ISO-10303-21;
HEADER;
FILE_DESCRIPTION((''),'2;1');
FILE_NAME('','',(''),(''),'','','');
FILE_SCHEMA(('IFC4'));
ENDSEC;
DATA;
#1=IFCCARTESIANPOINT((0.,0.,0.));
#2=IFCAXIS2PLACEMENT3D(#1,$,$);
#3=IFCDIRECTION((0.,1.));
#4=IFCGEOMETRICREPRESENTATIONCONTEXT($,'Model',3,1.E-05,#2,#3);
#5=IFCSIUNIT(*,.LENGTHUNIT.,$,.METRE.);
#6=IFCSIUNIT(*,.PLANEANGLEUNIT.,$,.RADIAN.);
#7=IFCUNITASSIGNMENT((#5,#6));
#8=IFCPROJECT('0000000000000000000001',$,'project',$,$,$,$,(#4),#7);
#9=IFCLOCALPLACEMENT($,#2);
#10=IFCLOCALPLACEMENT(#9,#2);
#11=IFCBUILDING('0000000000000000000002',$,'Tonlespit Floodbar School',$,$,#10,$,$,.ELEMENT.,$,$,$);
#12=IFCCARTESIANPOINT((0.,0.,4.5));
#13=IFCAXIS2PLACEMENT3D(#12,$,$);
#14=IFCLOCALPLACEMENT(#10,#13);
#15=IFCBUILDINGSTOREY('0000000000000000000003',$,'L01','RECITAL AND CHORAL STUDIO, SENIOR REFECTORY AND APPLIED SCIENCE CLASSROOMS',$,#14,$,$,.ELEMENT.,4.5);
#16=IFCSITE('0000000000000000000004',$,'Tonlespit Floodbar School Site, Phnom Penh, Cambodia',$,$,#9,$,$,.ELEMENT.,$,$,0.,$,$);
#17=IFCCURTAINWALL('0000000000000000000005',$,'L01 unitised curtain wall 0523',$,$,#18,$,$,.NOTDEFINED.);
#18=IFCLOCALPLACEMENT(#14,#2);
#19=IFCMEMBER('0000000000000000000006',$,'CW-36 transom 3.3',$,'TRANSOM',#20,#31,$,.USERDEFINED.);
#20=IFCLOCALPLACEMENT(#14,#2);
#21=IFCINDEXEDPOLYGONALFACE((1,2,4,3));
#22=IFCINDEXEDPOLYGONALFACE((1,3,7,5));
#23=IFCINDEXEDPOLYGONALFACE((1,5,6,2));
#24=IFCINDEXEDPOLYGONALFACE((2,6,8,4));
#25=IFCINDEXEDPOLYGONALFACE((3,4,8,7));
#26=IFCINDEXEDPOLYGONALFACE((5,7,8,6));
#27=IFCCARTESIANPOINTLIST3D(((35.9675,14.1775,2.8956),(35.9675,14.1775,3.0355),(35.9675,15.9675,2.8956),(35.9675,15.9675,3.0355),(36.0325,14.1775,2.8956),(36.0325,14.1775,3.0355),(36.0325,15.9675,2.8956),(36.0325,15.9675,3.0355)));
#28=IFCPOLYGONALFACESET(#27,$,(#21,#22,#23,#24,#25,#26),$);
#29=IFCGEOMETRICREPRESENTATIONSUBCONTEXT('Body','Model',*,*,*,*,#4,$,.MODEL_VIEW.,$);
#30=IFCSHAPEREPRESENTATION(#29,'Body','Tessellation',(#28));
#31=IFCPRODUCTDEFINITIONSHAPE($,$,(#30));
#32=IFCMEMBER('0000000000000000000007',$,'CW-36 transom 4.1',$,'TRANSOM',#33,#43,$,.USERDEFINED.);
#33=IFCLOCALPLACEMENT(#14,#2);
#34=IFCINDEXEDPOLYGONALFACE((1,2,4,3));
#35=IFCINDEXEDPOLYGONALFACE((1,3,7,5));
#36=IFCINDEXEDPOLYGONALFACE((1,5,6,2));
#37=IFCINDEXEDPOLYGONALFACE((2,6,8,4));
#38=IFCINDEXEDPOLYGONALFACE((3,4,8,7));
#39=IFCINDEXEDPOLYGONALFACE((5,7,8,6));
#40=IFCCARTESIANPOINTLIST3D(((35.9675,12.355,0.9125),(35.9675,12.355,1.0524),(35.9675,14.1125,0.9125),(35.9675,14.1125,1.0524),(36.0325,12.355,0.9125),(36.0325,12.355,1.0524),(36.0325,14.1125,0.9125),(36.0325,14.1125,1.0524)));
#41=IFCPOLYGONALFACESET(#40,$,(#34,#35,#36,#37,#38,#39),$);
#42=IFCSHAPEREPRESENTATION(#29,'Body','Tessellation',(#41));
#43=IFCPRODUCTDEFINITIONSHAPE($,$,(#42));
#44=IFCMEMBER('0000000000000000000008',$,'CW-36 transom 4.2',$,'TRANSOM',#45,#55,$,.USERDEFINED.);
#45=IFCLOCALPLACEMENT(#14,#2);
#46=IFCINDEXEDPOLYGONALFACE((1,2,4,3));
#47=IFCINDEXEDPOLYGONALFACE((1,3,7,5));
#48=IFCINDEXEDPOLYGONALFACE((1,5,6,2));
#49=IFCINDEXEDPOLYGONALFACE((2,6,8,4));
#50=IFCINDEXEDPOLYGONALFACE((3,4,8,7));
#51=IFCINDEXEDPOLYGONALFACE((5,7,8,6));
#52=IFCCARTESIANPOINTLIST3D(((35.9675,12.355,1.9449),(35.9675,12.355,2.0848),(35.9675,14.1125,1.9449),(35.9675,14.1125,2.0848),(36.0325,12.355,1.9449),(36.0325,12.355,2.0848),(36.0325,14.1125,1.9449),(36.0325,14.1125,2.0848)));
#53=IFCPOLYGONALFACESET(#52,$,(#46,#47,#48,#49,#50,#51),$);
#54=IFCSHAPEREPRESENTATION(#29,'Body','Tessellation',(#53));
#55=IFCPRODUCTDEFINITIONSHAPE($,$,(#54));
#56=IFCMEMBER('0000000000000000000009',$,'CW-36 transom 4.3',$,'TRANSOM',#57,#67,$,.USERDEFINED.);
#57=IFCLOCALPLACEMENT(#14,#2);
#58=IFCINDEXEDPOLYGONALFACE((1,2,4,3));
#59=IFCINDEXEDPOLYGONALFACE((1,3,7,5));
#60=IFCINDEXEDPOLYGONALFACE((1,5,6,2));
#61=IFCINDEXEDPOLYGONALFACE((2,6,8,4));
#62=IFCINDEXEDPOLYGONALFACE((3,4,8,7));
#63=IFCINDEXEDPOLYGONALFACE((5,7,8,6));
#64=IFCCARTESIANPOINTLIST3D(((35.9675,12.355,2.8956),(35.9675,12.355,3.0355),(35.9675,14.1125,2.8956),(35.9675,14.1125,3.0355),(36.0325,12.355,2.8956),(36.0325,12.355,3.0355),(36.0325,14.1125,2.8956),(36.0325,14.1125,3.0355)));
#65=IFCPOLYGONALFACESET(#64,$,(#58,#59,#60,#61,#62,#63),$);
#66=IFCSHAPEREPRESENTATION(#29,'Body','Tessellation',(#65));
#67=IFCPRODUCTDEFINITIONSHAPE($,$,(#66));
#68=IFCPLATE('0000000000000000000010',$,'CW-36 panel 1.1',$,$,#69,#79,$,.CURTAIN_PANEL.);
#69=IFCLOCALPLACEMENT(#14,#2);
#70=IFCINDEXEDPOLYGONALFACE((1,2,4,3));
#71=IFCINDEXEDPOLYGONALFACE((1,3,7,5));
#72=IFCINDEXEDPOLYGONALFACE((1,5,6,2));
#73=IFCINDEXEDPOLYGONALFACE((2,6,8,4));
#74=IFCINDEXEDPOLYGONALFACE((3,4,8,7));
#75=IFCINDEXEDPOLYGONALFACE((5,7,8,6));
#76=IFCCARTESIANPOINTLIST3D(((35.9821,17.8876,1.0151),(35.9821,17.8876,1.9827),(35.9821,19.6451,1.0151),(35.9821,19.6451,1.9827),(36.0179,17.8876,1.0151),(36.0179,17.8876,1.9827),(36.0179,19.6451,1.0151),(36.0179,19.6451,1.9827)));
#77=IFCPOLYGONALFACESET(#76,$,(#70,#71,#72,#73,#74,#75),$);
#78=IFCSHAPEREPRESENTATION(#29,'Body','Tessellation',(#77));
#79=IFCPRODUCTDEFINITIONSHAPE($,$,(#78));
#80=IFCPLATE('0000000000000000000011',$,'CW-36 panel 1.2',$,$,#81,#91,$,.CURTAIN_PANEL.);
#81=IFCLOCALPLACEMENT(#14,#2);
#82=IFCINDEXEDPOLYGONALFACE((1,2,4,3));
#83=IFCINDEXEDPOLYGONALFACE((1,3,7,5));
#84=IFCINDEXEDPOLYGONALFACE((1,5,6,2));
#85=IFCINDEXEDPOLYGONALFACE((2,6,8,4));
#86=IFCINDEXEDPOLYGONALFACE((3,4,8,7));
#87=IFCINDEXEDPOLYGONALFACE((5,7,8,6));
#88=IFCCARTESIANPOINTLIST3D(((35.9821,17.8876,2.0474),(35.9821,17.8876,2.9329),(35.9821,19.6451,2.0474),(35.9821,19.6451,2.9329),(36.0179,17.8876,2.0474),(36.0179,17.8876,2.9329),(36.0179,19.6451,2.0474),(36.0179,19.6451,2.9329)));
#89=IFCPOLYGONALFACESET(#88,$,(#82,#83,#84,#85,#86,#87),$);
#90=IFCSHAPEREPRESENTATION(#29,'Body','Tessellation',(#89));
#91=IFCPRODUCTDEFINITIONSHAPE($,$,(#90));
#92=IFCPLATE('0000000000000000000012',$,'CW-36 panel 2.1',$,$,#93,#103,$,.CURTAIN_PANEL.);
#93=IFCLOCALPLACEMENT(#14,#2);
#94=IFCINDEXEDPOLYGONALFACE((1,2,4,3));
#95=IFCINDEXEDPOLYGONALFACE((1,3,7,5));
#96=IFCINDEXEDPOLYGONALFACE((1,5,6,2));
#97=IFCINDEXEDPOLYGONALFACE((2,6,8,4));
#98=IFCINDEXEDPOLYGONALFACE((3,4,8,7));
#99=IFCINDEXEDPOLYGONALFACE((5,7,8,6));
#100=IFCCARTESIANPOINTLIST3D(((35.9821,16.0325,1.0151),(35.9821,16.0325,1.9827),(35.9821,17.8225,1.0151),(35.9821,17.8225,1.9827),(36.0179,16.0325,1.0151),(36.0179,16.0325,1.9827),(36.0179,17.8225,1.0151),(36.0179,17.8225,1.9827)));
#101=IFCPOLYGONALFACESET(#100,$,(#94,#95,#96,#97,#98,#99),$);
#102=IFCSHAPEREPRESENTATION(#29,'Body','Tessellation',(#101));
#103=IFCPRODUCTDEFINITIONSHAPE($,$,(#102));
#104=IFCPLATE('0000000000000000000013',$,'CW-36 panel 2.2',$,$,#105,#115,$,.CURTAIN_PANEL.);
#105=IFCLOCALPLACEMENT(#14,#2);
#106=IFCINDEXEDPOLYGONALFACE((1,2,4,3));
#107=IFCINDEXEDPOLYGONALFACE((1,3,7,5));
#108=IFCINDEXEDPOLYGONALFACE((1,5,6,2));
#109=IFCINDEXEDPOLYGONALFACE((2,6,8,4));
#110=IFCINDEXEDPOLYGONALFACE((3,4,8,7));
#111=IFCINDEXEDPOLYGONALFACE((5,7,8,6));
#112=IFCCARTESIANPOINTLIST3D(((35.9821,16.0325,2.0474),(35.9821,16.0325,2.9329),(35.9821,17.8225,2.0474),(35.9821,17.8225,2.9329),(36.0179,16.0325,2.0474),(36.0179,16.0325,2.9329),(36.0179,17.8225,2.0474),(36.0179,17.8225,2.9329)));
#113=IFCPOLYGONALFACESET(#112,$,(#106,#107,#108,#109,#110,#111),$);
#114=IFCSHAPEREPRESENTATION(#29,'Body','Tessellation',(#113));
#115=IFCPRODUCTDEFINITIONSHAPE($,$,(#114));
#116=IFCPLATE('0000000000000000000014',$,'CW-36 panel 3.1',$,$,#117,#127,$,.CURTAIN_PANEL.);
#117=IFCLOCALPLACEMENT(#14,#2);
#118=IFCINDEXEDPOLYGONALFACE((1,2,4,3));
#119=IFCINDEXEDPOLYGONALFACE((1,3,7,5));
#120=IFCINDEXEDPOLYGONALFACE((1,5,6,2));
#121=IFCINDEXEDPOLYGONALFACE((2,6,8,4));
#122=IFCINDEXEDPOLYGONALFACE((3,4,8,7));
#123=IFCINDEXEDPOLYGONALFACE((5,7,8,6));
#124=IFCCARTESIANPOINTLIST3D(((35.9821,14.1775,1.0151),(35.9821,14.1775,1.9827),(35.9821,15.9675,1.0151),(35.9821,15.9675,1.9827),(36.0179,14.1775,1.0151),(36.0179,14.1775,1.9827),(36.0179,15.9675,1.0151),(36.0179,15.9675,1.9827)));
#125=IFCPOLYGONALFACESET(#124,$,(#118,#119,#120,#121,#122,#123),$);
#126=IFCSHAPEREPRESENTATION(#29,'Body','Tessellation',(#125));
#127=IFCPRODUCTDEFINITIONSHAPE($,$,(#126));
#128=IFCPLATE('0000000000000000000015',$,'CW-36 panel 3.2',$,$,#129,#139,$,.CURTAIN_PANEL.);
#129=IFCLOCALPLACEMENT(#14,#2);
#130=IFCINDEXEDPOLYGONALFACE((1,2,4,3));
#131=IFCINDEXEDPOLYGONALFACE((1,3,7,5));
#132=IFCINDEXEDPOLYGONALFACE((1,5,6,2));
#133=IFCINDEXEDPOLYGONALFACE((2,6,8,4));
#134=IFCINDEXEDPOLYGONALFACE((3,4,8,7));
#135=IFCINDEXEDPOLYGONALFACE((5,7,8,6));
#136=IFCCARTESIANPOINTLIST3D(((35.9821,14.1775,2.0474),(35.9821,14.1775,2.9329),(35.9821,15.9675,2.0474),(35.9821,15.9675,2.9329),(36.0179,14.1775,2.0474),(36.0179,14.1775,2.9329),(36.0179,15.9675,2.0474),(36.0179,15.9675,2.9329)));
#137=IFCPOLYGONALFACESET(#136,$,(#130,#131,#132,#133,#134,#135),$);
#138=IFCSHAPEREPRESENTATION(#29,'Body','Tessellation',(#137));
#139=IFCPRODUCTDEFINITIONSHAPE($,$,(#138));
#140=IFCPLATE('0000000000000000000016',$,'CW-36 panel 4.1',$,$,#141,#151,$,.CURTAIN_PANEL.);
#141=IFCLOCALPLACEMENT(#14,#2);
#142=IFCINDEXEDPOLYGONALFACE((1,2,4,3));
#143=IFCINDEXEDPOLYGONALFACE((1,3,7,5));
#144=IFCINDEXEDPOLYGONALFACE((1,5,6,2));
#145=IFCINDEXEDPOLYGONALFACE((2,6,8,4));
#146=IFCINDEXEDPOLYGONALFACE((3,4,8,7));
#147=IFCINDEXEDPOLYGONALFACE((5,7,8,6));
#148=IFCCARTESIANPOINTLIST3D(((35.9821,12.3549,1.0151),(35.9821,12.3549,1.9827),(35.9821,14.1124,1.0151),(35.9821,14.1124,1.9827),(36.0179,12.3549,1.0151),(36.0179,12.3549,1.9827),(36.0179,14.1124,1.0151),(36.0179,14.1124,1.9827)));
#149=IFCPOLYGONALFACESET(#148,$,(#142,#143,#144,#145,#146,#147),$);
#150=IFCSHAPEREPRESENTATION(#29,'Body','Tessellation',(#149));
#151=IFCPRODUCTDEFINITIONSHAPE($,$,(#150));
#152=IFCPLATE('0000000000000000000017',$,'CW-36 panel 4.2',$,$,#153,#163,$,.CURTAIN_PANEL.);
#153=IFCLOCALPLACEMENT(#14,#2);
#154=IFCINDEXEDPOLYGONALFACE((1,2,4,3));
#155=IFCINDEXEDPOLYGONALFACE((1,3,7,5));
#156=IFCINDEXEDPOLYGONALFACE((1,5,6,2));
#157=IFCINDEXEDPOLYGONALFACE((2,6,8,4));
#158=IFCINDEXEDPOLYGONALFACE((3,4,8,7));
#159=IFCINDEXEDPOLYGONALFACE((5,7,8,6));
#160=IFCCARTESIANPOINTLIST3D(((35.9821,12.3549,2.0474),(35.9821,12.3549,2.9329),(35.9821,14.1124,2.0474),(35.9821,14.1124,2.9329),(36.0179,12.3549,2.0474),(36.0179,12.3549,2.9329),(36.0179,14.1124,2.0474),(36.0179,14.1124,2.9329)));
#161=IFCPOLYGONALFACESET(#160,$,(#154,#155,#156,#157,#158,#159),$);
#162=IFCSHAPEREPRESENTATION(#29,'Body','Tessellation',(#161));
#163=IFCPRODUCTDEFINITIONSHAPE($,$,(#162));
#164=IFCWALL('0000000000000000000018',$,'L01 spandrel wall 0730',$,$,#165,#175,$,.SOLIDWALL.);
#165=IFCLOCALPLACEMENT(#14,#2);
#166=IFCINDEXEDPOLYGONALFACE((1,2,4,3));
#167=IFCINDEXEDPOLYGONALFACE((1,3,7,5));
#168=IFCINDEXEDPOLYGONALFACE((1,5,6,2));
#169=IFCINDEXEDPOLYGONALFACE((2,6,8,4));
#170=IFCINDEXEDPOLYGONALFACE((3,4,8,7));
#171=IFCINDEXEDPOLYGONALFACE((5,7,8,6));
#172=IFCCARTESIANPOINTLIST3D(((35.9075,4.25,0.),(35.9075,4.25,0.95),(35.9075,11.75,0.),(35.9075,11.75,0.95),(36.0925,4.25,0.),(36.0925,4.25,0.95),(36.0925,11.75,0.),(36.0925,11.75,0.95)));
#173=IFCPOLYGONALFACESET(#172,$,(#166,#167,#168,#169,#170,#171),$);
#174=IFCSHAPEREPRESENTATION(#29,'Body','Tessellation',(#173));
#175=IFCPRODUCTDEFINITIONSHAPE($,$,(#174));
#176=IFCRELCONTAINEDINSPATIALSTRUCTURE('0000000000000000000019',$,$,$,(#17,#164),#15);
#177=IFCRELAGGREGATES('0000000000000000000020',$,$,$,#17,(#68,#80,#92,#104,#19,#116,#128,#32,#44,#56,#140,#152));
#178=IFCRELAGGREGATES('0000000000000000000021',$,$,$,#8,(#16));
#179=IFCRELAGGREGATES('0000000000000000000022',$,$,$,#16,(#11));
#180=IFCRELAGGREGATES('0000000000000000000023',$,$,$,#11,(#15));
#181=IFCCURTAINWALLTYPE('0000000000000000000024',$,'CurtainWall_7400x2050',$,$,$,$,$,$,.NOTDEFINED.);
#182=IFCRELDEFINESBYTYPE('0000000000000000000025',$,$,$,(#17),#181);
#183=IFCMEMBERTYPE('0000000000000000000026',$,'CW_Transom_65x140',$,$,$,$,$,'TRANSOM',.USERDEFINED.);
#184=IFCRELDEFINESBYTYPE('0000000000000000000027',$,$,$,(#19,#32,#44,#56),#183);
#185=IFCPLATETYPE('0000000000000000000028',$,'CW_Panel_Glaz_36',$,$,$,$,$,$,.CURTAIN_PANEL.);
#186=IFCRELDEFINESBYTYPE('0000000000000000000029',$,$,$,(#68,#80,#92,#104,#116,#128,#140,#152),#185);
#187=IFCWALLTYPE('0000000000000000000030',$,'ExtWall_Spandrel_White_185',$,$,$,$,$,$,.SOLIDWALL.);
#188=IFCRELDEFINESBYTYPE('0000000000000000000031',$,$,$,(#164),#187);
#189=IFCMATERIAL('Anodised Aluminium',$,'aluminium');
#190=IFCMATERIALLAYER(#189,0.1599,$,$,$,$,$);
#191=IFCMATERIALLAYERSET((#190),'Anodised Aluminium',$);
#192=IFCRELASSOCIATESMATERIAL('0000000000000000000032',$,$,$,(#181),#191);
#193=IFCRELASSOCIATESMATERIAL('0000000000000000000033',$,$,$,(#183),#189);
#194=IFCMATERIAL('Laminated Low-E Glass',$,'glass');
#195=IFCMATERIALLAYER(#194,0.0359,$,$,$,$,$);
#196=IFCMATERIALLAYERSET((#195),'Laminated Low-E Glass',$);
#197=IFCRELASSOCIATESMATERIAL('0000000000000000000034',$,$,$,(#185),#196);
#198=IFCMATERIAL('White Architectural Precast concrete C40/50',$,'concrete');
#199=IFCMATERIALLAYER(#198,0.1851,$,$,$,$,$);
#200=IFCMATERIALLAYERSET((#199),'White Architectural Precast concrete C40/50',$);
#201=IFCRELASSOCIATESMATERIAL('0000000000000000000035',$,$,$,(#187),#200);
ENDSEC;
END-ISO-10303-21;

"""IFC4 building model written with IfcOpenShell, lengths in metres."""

from ifc_helpers import new_model, si_unit, direction, frame, frame_2d, origin, origin_2d, place, context, subcontext, project, spatial, rectangle, extrude, material, layer, layer_set, material_profile, profile_set, type_object, element, aggregate, save


model = new_model("IFC4")

# Units and contexts
model_context = context("Model", 3, precision=1e-05, world=origin(), true_north=direction((0.0, 1.0)))
body_context = subcontext(model_context, "Body", "Model", "MODEL_VIEW")
ifc_project = project(units=[si_unit("LENGTHUNIT", "METRE"), si_unit("PLANEANGLEUNIT", "RADIAN")], contexts=[model_context])

# Site, building, storey
site_placement = place(None, origin())
site = spatial("IfcSite", under=ifc_project, at=site_placement, Name="Tonlespit Floodbar School Site, Phnom Penh, Cambodia", CompositionType="ELEMENT", RefElevation=0.0)
building_placement = place(site_placement, origin())
building = spatial("IfcBuilding", under=site, at=building_placement, Name="Tonlespit Floodbar School", CompositionType="ELEMENT")
storey_placement = place(building_placement, frame((0.0, 0.0, 4.5)))
storey = spatial("IfcBuildingStorey", under=building, at=storey_placement, Name="L01", Description="RECITAL AND CHORAL STUDIO, SENIOR REFECTORY AND APPLIED SCIENCE CLASSROOMS", CompositionType="ELEMENT", Elevation=4.5)

# Shared definitions
ifc_material_1 = material(Name="Anodised Aluminium", Category="aluminium")
ifc_layer_1 = layer(ifc_material_1, 0.1599)
ifc_layer_set_1 = layer_set([ifc_layer_1], Name="Anodised Aluminium")
curtain_wall_type = type_object("IfcCurtainWallType", Name="CurtainWall_7400x2050", PredefinedType="NOTDEFINED", material=ifc_layer_set_1)

# Curtain wall
curtain_wall_1_placement = place(storey_placement, origin())
curtain_wall_1 = element("IfcCurtainWall", 1, at=curtain_wall_1_placement, inside=storey, type_object=curtain_wall_type, Name="L01 unitised curtain wall 0523", PredefinedType="NOTDEFINED")

# Members
ifc_material_profile_1 = material_profile(ifc_material_1, rectangle(XDim=0.0649, YDim=0.1399, at=origin_2d()), Name="ALU T65x140")
ifc_profile_set_1 = profile_set([ifc_material_profile_1], Name="Anodised Aluminium")
member_type_1 = type_object("IfcMemberType", Name="CW_Transom_65x140", ElementType="TRANSOM", PredefinedType="USERDEFINED", material=ifc_profile_set_1)
member_1_placement = place(storey_placement, frame((36.0, 15.9675, 2.9656), z_axis=(0.0, -1.0, 0.0), x_axis=(1.0, 0.0, 0.0)))
member_1 = element("IfcMember", 2, at=member_1_placement, type_object=member_type_1, Name="CW-36 transom 3.3", ObjectType="TRANSOM", PredefinedType="USERDEFINED", context=body_context, shape_type="SweptSolid", body=[
    extrude(rectangle(XDim=0.0649, YDim=0.1399, at=origin_2d()), origin(), (0.0, 0.0, 1.0), 1.79),
])
member_2_placement = place(storey_placement, frame((36.0, 14.1125, 0.9824), z_axis=(0.0, -1.0, 0.0), x_axis=(1.0, 0.0, 0.0)))
member_2 = element("IfcMember", 3, at=member_2_placement, type_object=member_type_1, Name="CW-36 transom 4.1", ObjectType="TRANSOM", PredefinedType="USERDEFINED", context=body_context, shape_type="SweptSolid", body=[
    extrude(rectangle(XDim=0.0649, YDim=0.1399, at=origin_2d()), origin(), (0.0, 0.0, 1.0), 1.7576),
])
member_3_placement = place(storey_placement, frame((36.0, 14.1125, 2.0149), z_axis=(0.0, -1.0, 0.0), x_axis=(1.0, 0.0, 0.0)))
member_3 = element("IfcMember", 4, at=member_3_placement, type_object=member_type_1, Name="CW-36 transom 4.2", ObjectType="TRANSOM", PredefinedType="USERDEFINED", context=body_context, shape_type="SweptSolid", body=[
    extrude(rectangle(XDim=0.0649, YDim=0.1399, at=origin_2d()), origin(), (0.0, 0.0, 1.0), 1.7576),
])
member_4_placement = place(storey_placement, frame((36.0, 14.1125, 2.9656), z_axis=(0.0, -1.0, 0.0), x_axis=(1.0, 0.0, 0.0)))
member_4 = element("IfcMember", 5, at=member_4_placement, type_object=member_type_1, Name="CW-36 transom 4.3", ObjectType="TRANSOM", PredefinedType="USERDEFINED", context=body_context, shape_type="SweptSolid", body=[
    extrude(rectangle(XDim=0.0649, YDim=0.1399, at=origin_2d()), origin(), (0.0, 0.0, 1.0), 1.7576),
])

# Plates
ifc_material_2 = material(Name="Laminated Low-E Glass", Category="glass")
ifc_layer_2 = layer(ifc_material_2, 0.0359)
ifc_layer_set_2 = layer_set([ifc_layer_2], Name="Laminated Low-E Glass")
plate_type = type_object("IfcPlateType", Name="CW_Panel_Glaz_36", PredefinedType="CURTAIN_PANEL", material=ifc_layer_set_2)
plate_1_placement = place(storey_placement, frame((36.0, 18.7664, 1.0151), z_axis=(0.0, 0.0, 1.0), x_axis=(0.0, -1.0, 0.0)))
plate_1 = element("IfcPlate", 6, at=plate_1_placement, type_object=plate_type, Name="CW-36 panel 1.1", PredefinedType="CURTAIN_PANEL", context=body_context, shape_type="SweptSolid", body=[
    extrude(rectangle(XDim=1.7576, YDim=0.0359, at=origin_2d()), origin(), (0.0, 0.0, 1.0), 0.9675),
])
plate_2_placement = place(storey_placement, frame((36.0, 18.7664, 2.0474), z_axis=(0.0, 0.0, 1.0), x_axis=(0.0, -1.0, 0.0)))
plate_2 = element("IfcPlate", 7, at=plate_2_placement, type_object=plate_type, Name="CW-36 panel 1.2", PredefinedType="CURTAIN_PANEL", context=body_context, shape_type="SweptSolid", body=[
    extrude(rectangle(XDim=1.7576, YDim=0.0359, at=origin_2d()), origin(), (0.0, 0.0, 1.0), 0.8855),
])
plate_3_placement = place(storey_placement, frame((36.0, 16.9275, 1.0151), z_axis=(0.0, 0.0, 1.0), x_axis=(0.0, -1.0, 0.0)))
plate_3 = element("IfcPlate", 8, at=plate_3_placement, type_object=plate_type, Name="CW-36 panel 2.1", PredefinedType="CURTAIN_PANEL", context=body_context, shape_type="SweptSolid", body=[
    extrude(rectangle(XDim=1.79, YDim=0.0359, at=origin_2d()), origin(), (0.0, 0.0, 1.0), 0.9675),
])
plate_4_placement = place(storey_placement, frame((36.0, 16.9275, 2.0474), z_axis=(0.0, 0.0, 1.0), x_axis=(0.0, -1.0, 0.0)))
plate_4 = element("IfcPlate", 9, at=plate_4_placement, type_object=plate_type, Name="CW-36 panel 2.2", PredefinedType="CURTAIN_PANEL", context=body_context, shape_type="SweptSolid", body=[
    extrude(rectangle(XDim=1.79, YDim=0.0359, at=origin_2d()), origin(), (0.0, 0.0, 1.0), 0.8855),
])
plate_5_placement = place(storey_placement, frame((36.0, 15.0725, 1.0151), z_axis=(0.0, 0.0, 1.0), x_axis=(0.0, -1.0, 0.0)))
plate_5 = element("IfcPlate", 10, at=plate_5_placement, type_object=plate_type, Name="CW-36 panel 3.1", PredefinedType="CURTAIN_PANEL", context=body_context, shape_type="SweptSolid", body=[
    extrude(rectangle(XDim=1.79, YDim=0.0359, at=origin_2d()), origin(), (0.0, 0.0, 1.0), 0.9675),
])
plate_6_placement = place(storey_placement, frame((36.0, 15.0725, 2.0474), z_axis=(0.0, 0.0, 1.0), x_axis=(0.0, -1.0, 0.0)))
plate_6 = element("IfcPlate", 11, at=plate_6_placement, type_object=plate_type, Name="CW-36 panel 3.2", PredefinedType="CURTAIN_PANEL", context=body_context, shape_type="SweptSolid", body=[
    extrude(rectangle(XDim=1.79, YDim=0.0359, at=origin_2d()), origin(), (0.0, 0.0, 1.0), 0.8855),
])
plate_7_placement = place(storey_placement, frame((36.0, 13.2336, 1.0151), z_axis=(0.0, 0.0, 1.0), x_axis=(0.0, -1.0, 0.0)))
plate_7 = element("IfcPlate", 12, at=plate_7_placement, type_object=plate_type, Name="CW-36 panel 4.1", PredefinedType="CURTAIN_PANEL", context=body_context, shape_type="SweptSolid", body=[
    extrude(rectangle(XDim=1.7576, YDim=0.0359, at=origin_2d()), origin(), (0.0, 0.0, 1.0), 0.9675),
])
plate_8_placement = place(storey_placement, frame((36.0, 13.2336, 2.0474), z_axis=(0.0, 0.0, 1.0), x_axis=(0.0, -1.0, 0.0)))
plate_8 = element("IfcPlate", 13, at=plate_8_placement, type_object=plate_type, Name="CW-36 panel 4.2", PredefinedType="CURTAIN_PANEL", context=body_context, shape_type="SweptSolid", body=[
    extrude(rectangle(XDim=1.7576, YDim=0.0359, at=origin_2d()), origin(), (0.0, 0.0, 1.0), 0.8855),
])
aggregate(curtain_wall_1, [plate_1, plate_2, plate_3, plate_4, member_1, plate_5, plate_6, member_2, member_3, member_4, plate_7, plate_8])

# Wall
ifc_material_3 = material(Name="White Architectural Precast concrete C40/50", Category="concrete")
ifc_layer_3 = layer(ifc_material_3, 0.1851)
ifc_layer_set_3 = layer_set([ifc_layer_3], Name="White Architectural Precast concrete C40/50")
wall_type = type_object("IfcWallType", Name="ExtWall_Spandrel_White_185", PredefinedType="SOLIDWALL", material=ifc_layer_set_3)
wall_placement = place(storey_placement, frame((36.0, 11.75, 0.0), z_axis=(0.0, 0.0, 1.0), x_axis=(0.0, -1.0, 0.0)))
element("IfcWall", 14, at=wall_placement, inside=storey, type_object=wall_type, Name="L01 spandrel wall 0730", PredefinedType="SOLIDWALL", context=body_context, shape_type="SweptSolid", body=[
    extrude(rectangle(XDim=7.5, YDim=0.1851, at=frame_2d((3.75, 0.0))), origin(), (0.0, 0.0, 1.0), 0.95),
])

save(model, "model.ifc")
